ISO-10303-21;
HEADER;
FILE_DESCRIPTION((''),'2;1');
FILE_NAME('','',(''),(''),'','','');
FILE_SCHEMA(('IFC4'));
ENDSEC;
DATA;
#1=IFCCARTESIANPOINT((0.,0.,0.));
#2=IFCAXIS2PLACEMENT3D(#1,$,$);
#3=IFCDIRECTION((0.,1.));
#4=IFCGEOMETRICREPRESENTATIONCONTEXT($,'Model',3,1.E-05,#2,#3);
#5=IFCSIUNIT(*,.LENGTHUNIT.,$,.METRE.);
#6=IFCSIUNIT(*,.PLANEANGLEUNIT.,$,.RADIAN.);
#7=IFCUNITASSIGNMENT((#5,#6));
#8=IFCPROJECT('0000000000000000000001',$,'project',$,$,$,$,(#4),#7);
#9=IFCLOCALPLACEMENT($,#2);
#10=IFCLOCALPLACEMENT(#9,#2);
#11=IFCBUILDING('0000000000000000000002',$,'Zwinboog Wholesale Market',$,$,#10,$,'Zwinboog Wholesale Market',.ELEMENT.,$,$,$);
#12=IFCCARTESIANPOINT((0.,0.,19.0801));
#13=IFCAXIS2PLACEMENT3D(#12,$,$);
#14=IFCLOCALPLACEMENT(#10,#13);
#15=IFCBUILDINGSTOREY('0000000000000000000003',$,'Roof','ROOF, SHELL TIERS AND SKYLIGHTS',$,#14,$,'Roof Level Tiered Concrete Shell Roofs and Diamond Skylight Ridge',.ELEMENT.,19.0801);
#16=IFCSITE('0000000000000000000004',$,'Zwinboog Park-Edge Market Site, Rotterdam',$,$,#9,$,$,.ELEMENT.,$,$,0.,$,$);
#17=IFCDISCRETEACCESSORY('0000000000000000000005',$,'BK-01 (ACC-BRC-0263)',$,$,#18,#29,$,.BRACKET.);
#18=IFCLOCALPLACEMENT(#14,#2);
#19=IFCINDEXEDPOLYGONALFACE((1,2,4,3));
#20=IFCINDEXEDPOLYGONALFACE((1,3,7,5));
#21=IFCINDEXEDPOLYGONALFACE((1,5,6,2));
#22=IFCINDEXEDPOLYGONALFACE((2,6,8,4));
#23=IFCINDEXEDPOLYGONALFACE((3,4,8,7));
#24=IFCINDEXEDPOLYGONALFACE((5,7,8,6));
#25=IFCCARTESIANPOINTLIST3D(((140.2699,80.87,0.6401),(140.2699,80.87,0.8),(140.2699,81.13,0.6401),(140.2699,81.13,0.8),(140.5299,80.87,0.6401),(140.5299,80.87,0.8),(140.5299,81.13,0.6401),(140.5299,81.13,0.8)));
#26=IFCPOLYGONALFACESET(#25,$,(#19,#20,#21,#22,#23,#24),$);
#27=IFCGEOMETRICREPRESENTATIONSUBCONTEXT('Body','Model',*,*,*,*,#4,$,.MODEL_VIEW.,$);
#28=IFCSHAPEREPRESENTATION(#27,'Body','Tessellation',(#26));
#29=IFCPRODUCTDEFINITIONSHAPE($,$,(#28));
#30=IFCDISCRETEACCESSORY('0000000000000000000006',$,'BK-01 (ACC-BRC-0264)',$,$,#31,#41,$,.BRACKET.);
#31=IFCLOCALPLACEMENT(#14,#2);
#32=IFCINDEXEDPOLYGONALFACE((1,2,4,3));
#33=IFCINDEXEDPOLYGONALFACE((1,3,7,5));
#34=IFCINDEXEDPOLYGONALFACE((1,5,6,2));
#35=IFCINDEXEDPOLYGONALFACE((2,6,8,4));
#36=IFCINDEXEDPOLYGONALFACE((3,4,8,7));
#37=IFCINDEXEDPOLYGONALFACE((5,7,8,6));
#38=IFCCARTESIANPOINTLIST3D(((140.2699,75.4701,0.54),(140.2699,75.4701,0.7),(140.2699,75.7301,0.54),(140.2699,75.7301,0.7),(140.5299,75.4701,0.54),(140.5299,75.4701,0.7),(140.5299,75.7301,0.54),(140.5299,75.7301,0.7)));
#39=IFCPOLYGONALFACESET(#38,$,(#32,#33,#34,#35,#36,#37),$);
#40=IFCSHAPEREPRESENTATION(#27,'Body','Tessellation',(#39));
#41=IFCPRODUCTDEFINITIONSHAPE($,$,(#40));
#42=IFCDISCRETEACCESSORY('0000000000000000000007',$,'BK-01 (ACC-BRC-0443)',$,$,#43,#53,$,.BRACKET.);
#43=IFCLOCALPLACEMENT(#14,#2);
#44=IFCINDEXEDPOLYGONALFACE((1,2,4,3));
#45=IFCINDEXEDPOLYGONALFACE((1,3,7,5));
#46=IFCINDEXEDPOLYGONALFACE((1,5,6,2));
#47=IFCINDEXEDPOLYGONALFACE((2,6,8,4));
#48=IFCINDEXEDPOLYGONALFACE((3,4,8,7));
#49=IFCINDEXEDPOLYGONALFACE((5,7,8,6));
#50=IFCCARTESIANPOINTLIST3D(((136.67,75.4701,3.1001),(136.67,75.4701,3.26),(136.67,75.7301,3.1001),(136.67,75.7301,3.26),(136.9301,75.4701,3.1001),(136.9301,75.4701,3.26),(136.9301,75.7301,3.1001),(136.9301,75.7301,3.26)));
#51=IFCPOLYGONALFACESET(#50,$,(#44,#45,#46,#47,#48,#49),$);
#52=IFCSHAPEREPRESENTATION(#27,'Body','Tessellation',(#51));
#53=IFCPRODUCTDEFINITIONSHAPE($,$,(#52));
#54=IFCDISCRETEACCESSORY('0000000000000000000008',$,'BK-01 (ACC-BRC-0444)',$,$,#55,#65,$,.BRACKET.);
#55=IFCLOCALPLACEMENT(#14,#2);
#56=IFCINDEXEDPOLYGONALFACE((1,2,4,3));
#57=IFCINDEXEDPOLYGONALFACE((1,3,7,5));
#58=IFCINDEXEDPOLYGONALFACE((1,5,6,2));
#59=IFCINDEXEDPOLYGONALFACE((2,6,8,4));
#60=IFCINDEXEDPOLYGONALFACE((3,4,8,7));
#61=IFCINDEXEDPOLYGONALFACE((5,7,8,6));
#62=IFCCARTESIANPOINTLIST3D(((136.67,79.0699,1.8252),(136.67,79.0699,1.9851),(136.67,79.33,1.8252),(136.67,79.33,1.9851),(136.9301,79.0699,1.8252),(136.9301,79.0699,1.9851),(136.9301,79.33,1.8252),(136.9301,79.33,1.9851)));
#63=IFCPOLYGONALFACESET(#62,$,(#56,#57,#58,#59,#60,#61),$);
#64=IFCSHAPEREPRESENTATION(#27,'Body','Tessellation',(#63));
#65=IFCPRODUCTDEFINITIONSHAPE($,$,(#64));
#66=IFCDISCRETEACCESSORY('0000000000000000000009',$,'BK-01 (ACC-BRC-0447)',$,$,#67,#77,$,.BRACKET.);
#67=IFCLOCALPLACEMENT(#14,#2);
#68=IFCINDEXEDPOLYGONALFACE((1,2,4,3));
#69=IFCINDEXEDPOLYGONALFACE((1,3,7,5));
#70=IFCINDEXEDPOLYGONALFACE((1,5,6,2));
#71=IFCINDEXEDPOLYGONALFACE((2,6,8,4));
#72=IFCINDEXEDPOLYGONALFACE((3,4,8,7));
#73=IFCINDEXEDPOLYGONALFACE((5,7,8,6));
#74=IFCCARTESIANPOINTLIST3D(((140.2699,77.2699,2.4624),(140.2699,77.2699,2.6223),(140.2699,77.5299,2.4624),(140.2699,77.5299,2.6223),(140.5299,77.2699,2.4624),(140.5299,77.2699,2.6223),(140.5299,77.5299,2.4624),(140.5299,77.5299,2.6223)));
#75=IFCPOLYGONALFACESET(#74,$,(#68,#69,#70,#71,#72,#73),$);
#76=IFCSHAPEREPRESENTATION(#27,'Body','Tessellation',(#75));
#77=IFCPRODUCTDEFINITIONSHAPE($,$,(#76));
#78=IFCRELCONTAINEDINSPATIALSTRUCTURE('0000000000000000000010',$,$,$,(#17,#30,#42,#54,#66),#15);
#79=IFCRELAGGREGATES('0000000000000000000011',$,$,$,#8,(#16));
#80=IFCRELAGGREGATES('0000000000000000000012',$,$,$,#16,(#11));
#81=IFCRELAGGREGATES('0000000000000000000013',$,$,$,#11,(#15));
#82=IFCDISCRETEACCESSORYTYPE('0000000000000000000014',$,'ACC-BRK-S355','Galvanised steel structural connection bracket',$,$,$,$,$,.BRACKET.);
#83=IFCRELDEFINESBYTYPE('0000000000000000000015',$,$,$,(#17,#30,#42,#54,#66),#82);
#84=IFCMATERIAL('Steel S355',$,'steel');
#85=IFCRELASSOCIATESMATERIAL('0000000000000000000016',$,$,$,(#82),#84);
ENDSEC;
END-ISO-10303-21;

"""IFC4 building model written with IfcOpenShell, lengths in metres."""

from ifc_helpers import new_model, si_unit, direction, frame, origin, origin_2d, place, context, subcontext, project, spatial, rectangle, extrude, material, type_object, element, save


model = new_model("IFC4")

# Units and contexts
model_context = context("Model", 3, precision=1e-05, world=origin(), true_north=direction((0.0, 1.0)))
body_context = subcontext(model_context, "Body", "Model", "MODEL_VIEW")
ifc_project = project(units=[si_unit("LENGTHUNIT", "METRE"), si_unit("PLANEANGLEUNIT", "RADIAN")], contexts=[model_context])

# Site, building, storey
site_placement = place(None, origin())
site = spatial("IfcSite", under=ifc_project, at=site_placement, Name="Zwinboog Park-Edge Market Site, Rotterdam", CompositionType="ELEMENT", RefElevation=0.0)
building_placement = place(site_placement, origin())
building = spatial("IfcBuilding", under=site, at=building_placement, Name="Zwinboog Wholesale Market", LongName="Zwinboog Wholesale Market", CompositionType="ELEMENT")
storey_placement = place(building_placement, frame((0.0, 0.0, 19.0801)))
storey = spatial("IfcBuildingStorey", under=building, at=storey_placement, Name="Roof", Description="ROOF, SHELL TIERS AND SKYLIGHTS", LongName="Roof Level Tiered Concrete Shell Roofs and Diamond Skylight Ridge", CompositionType="ELEMENT", Elevation=19.0801)

# Shared definitions
ifc_material_1 = material(Name="Steel S355", Category="steel")

# Discrete accessories
discrete_accessory_type = type_object("IfcDiscreteAccessoryType", Name="ACC-BRK-S355", Description="Galvanised steel structural connection bracket", PredefinedType="BRACKET", material=ifc_material_1)
for number, where, z_axis, x_axis, name in (
    (1, (140.3999, 81.0, 0.6401), (0.0, 0.0, 1.0), (1.0, 0.0, 0.0), "BK-01 (ACC-BRC-0263)"),
    (2, (140.3999, 75.6001, 0.54), (0.0, 0.0, 1.0), (1.0, 0.0, 0.0), "BK-01 (ACC-BRC-0264)"),
    (3, (136.8, 75.6001, 3.1001), (0.0, 0.0, 1.0), (1.0, 0.0, 0.0), "BK-01 (ACC-BRC-0443)"),
    (4, (136.8, 79.2, 1.8252), (0.0, 0.0, 1.0), (1.0, 0.0, 0.0), "BK-01 (ACC-BRC-0444)"),
    (5, (140.3999, 77.3999, 2.4624), (0.0, 0.0, 1.0), (1.0, 0.0, 0.0), "BK-01 (ACC-BRC-0447)"),
):
    element("IfcDiscreteAccessory", number, at=place(storey_placement, frame(where, z_axis=z_axis, x_axis=x_axis)), inside=storey, type_object=discrete_accessory_type, Name=name, PredefinedType="BRACKET", context=body_context, shape_type="SweptSolid", body=[
        extrude(rectangle(XDim=0.26, YDim=0.26, at=origin_2d()), origin(), (0.0, 0.0, 1.0), 0.1599),
    ])

save(model, "model.ifc")
